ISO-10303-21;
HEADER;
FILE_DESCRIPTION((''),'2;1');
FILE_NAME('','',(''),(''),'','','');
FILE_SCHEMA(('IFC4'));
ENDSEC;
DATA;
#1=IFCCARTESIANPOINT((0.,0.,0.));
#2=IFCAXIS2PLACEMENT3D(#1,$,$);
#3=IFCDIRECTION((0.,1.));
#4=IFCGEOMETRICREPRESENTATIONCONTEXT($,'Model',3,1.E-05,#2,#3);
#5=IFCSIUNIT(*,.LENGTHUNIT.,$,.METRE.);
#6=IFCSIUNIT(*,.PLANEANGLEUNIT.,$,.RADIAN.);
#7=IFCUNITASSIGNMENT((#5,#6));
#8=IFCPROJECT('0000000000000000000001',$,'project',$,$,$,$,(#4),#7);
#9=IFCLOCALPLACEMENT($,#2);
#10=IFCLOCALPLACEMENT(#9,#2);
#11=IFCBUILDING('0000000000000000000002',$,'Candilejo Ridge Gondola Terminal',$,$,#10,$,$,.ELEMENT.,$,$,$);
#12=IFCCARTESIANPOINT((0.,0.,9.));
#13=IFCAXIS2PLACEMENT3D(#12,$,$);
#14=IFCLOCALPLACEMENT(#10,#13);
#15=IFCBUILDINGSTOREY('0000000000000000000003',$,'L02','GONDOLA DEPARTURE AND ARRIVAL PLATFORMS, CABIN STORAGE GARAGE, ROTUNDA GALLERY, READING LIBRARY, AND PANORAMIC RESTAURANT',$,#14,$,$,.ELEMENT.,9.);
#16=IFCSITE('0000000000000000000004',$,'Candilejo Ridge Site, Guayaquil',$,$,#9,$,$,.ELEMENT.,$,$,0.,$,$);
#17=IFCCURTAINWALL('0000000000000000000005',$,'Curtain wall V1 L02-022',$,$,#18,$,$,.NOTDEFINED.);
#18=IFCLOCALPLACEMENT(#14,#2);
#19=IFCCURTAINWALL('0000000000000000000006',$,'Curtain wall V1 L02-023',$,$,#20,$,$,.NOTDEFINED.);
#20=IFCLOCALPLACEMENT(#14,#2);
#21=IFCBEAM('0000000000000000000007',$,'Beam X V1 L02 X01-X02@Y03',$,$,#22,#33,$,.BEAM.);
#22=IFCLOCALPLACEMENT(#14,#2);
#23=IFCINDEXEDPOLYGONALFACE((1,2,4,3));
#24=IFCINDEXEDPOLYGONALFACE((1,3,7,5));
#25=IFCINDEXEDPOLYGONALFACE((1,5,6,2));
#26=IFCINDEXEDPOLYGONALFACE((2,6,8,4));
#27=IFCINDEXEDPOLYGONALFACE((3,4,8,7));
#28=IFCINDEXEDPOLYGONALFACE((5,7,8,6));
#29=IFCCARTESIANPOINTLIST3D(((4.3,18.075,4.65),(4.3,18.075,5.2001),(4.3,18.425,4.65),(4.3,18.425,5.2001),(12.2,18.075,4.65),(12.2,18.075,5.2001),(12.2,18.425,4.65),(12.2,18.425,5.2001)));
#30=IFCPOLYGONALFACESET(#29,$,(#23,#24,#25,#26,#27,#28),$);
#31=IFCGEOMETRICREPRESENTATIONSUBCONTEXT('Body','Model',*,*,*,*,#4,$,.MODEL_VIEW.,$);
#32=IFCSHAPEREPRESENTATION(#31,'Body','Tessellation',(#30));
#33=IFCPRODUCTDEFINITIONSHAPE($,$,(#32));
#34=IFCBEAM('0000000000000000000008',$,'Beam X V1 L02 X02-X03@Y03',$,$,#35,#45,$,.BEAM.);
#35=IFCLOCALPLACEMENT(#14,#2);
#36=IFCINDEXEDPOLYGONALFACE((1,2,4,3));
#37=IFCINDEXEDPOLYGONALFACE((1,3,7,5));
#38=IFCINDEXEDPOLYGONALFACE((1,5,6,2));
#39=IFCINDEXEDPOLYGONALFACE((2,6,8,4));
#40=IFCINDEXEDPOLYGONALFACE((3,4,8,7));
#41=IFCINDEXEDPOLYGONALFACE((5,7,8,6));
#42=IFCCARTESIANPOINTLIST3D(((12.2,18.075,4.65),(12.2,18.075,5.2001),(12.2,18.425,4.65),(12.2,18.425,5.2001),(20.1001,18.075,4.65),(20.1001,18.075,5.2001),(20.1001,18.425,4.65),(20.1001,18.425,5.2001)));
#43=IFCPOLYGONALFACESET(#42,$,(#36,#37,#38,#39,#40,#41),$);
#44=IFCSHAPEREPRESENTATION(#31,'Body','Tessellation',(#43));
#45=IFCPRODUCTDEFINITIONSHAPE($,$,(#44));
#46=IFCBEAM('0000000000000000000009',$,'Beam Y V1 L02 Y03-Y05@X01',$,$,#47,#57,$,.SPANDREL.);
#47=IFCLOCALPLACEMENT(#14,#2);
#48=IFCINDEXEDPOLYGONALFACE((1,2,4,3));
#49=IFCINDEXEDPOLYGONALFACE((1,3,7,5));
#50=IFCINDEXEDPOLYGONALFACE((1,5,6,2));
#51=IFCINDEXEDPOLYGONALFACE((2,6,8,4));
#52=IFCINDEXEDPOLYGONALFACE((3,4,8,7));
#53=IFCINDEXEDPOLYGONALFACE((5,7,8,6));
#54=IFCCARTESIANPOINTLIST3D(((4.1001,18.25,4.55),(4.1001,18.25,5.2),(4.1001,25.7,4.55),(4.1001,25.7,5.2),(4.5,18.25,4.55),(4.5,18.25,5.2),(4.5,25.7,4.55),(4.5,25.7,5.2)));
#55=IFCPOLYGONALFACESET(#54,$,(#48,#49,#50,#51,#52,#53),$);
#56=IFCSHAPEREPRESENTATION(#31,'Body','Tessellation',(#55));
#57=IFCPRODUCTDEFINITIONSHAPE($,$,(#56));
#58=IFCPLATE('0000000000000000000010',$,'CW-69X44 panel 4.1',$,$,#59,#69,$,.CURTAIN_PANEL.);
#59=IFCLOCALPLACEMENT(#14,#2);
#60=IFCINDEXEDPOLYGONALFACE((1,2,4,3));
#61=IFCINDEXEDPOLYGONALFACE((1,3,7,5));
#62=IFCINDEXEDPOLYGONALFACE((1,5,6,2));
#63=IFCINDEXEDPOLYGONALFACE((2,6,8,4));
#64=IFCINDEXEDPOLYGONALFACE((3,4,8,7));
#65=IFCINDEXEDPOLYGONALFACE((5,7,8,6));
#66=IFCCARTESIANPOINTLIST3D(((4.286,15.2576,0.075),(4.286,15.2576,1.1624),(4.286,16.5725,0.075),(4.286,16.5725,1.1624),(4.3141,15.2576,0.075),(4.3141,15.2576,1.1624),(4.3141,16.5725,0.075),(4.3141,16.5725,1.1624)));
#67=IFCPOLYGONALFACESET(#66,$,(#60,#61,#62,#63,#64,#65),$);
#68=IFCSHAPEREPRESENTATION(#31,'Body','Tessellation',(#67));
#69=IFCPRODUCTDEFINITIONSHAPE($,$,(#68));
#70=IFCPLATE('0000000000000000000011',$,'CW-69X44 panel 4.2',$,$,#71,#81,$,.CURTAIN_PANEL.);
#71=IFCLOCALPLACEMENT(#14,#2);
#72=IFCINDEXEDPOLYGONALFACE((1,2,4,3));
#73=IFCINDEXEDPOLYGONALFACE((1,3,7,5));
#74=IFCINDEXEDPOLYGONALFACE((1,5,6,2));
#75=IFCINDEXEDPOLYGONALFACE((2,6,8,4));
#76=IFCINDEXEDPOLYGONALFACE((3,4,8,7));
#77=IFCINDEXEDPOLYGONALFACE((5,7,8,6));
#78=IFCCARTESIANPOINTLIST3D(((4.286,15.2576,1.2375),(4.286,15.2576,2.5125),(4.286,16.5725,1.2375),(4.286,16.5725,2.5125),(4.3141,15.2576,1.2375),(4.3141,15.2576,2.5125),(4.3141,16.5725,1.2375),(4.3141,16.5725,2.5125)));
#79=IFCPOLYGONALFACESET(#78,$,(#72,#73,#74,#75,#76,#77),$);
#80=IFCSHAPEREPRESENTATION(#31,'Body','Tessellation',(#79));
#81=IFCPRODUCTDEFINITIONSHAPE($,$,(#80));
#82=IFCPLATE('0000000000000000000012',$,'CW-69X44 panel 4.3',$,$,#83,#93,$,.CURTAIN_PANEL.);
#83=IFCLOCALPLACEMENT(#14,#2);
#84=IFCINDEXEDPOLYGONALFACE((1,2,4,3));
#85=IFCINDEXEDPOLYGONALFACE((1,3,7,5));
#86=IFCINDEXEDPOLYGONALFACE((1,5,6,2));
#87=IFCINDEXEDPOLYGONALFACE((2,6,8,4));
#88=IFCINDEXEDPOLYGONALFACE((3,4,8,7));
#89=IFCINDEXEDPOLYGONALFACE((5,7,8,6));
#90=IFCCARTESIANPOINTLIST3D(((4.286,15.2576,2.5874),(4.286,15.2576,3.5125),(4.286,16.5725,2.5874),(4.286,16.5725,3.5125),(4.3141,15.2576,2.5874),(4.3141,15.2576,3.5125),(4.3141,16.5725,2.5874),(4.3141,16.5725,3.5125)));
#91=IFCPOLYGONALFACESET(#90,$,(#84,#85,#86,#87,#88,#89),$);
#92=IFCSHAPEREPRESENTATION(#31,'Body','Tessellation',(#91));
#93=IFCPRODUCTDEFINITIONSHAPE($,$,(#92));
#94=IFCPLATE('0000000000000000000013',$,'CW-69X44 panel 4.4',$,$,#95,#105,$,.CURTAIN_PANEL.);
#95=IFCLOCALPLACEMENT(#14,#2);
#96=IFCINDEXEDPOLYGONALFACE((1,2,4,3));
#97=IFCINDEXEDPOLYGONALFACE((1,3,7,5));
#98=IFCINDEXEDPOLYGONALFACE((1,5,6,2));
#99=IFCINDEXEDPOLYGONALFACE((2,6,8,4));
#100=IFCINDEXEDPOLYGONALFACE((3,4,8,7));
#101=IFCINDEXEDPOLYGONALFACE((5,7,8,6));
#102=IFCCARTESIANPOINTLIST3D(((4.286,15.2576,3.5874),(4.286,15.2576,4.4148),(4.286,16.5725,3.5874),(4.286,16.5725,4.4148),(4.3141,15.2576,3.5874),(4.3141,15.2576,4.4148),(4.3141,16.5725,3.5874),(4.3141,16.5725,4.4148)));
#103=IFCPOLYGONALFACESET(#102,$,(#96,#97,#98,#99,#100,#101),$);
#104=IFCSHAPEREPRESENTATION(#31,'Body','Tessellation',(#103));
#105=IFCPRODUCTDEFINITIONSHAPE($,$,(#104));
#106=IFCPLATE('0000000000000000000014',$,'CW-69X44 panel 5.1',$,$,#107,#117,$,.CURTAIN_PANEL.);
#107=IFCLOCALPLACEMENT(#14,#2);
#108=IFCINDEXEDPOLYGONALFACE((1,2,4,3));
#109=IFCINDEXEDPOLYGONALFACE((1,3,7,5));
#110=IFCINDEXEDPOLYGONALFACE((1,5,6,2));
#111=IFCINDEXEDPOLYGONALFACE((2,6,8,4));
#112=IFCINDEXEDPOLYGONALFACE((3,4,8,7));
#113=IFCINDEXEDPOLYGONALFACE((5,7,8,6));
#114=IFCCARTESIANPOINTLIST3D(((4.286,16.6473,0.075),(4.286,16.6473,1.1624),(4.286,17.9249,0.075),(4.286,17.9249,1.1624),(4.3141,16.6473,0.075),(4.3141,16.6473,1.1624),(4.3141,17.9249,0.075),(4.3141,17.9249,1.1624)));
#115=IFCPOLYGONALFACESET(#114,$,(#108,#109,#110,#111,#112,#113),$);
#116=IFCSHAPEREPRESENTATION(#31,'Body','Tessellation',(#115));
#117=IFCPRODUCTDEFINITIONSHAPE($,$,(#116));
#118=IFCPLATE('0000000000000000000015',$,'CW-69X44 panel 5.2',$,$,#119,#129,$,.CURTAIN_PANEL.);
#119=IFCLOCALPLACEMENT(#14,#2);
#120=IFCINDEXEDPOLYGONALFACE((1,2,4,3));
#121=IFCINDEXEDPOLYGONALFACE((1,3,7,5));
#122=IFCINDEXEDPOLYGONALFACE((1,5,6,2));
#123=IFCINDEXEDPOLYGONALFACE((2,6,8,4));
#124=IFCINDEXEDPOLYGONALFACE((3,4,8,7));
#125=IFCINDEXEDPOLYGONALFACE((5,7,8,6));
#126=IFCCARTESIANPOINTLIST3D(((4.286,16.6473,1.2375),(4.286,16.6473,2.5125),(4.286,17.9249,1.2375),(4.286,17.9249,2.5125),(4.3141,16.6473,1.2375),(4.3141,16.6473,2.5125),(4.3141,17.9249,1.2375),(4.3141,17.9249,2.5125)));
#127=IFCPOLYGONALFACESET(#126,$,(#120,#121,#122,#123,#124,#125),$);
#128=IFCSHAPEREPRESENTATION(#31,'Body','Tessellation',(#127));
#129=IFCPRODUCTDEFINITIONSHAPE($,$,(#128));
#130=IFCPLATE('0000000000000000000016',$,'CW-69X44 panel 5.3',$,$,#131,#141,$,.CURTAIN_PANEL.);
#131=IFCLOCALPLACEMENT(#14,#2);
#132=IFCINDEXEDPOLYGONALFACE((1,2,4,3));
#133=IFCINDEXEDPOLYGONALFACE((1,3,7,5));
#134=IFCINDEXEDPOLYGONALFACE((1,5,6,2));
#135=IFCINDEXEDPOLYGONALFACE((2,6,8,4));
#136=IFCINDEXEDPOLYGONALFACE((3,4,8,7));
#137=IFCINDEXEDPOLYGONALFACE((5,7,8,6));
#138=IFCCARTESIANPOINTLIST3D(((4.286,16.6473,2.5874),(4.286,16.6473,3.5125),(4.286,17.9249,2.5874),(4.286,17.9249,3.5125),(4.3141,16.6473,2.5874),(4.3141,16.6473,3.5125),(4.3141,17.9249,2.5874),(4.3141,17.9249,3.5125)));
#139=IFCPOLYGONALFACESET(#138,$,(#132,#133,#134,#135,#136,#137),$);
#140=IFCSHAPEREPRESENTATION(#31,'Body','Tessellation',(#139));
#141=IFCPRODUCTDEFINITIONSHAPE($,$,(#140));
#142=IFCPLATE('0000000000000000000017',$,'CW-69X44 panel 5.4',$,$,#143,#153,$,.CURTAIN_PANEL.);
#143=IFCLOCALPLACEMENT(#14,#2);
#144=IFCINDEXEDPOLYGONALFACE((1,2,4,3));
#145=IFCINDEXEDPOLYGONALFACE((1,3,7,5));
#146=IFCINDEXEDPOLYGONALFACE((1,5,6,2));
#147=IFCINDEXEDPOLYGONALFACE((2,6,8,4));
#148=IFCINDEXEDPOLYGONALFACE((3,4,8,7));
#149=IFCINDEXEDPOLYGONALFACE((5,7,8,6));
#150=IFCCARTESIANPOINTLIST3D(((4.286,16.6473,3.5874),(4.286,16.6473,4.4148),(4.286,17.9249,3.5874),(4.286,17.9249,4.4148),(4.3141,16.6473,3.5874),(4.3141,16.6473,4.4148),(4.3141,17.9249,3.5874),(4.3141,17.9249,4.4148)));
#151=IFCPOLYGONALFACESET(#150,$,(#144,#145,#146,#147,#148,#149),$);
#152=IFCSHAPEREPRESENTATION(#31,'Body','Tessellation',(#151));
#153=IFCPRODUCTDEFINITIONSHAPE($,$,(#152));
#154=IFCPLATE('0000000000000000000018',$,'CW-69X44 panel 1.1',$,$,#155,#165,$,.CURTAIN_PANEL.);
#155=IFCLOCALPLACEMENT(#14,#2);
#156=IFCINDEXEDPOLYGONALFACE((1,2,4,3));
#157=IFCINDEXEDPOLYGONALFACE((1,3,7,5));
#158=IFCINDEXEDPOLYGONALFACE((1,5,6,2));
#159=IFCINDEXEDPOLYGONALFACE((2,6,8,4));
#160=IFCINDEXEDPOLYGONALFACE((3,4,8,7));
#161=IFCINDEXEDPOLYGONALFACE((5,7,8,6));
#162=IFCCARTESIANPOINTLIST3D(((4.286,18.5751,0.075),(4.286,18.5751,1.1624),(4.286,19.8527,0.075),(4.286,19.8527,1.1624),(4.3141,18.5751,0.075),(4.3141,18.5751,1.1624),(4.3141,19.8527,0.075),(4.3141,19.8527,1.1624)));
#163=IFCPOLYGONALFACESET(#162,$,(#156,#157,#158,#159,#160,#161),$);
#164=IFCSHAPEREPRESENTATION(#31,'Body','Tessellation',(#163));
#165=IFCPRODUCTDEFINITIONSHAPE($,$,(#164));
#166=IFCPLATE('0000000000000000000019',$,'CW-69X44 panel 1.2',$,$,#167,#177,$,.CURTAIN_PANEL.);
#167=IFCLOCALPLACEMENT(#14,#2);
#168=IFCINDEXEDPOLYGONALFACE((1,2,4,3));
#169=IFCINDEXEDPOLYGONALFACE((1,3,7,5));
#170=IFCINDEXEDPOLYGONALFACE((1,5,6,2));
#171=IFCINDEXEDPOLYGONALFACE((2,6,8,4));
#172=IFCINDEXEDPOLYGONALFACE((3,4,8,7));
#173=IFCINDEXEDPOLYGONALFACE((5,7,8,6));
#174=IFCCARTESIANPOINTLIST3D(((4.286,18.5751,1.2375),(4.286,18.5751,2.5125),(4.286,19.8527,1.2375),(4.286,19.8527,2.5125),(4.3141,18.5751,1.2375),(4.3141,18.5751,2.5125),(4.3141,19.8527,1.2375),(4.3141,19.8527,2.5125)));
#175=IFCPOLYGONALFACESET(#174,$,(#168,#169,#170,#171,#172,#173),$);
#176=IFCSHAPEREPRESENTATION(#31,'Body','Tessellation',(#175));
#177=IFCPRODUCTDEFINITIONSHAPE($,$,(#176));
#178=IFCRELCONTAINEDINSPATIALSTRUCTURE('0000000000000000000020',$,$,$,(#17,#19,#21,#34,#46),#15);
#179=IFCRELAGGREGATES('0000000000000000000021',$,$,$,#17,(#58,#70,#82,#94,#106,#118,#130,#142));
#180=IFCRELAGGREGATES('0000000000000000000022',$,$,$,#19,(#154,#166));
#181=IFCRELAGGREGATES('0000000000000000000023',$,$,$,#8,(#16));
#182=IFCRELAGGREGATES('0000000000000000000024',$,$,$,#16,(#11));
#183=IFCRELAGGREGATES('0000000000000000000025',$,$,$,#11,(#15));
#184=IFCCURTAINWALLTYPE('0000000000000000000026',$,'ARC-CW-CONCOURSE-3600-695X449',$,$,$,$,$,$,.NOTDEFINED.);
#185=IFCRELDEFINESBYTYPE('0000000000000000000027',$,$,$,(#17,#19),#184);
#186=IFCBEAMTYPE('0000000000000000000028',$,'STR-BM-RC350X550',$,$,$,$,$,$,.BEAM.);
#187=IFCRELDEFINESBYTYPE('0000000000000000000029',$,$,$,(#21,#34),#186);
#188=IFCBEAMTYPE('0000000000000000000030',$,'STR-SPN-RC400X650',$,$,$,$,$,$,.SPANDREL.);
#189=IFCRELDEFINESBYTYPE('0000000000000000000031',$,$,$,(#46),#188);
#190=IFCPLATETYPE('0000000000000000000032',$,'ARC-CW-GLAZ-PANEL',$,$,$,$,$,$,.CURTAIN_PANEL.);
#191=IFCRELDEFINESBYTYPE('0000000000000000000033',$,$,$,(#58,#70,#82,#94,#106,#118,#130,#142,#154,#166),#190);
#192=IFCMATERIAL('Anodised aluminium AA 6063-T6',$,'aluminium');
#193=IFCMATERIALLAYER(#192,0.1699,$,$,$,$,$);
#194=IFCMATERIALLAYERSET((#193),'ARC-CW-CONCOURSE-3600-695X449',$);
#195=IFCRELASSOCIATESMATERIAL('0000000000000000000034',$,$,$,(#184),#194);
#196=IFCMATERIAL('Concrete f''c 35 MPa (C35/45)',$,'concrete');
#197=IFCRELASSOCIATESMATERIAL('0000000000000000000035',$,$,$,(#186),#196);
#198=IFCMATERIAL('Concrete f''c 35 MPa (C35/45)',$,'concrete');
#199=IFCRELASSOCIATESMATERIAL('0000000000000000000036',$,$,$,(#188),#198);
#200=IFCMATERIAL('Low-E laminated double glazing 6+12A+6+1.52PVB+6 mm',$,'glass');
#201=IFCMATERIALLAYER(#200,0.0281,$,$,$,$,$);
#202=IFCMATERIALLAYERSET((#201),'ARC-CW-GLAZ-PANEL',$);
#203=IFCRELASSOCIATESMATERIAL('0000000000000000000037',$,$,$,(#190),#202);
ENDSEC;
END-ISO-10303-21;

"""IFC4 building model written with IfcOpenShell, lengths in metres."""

from ifc_helpers import new_model, si_unit, direction, frame, origin, origin_2d, place, context, subcontext, project, spatial, rectangle, extrude, material, layer, layer_set, material_profile, profile_set, type_object, element, aggregate, save


model = new_model("IFC4")

# Units and contexts
model_context = context("Model", 3, precision=1e-05, world=origin(), true_north=direction((0.0, 1.0)))
body_context = subcontext(model_context, "Body", "Model", "MODEL_VIEW")
ifc_project = project(units=[si_unit("LENGTHUNIT", "METRE"), si_unit("PLANEANGLEUNIT", "RADIAN")], contexts=[model_context])

# Site, building, storey
site_placement = place(None, origin())
site = spatial("IfcSite", under=ifc_project, at=site_placement, Name="Candilejo Ridge Site, Guayaquil", CompositionType="ELEMENT", RefElevation=0.0)
building_placement = place(site_placement, origin())
building = spatial("IfcBuilding", under=site, at=building_placement, Name="Candilejo Ridge Gondola Terminal", CompositionType="ELEMENT")
storey_placement = place(building_placement, frame((0.0, 0.0, 9.0)))
storey = spatial("IfcBuildingStorey", under=building, at=storey_placement, Name="L02", Description="GONDOLA DEPARTURE AND ARRIVAL PLATFORMS, CABIN STORAGE GARAGE, ROTUNDA GALLERY, READING LIBRARY, AND PANORAMIC RESTAURANT", CompositionType="ELEMENT", Elevation=9.0)

# Curtain wall
ifc_material_1 = material(Name="Anodised aluminium AA 6063-T6", Category="aluminium")
ifc_layer_1 = layer(ifc_material_1, 0.1699)
ifc_layer_set_1 = layer_set([ifc_layer_1], Name="ARC-CW-CONCOURSE-3600-695X449")
curtain_wall_type = type_object("IfcCurtainWallType", Name="ARC-CW-CONCOURSE-3600-695X449", PredefinedType="NOTDEFINED", material=ifc_layer_set_1)
curtain_wall_1_placement = place(storey_placement, origin())
curtain_wall_1 = element("IfcCurtainWall", 1, at=curtain_wall_1_placement, inside=storey, type_object=curtain_wall_type, Name="Curtain wall V1 L02-022", PredefinedType="NOTDEFINED")

# Curtain wall
curtain_wall_2_placement = place(storey_placement, origin())
curtain_wall_2 = element("IfcCurtainWall", 2, at=curtain_wall_2_placement, inside=storey, type_object=curtain_wall_type, Name="Curtain wall V1 L02-023", PredefinedType="NOTDEFINED")

# Beams
ifc_material_2 = material(Name="Concrete f'c 35 MPa (C35/45)", Category="concrete")
ifc_material_profile_1 = material_profile(ifc_material_2, rectangle(XDim=0.3501, YDim=0.55, at=origin_2d()))
ifc_profile_set_1 = profile_set([ifc_material_profile_1], Name="Concrete f'c 35 MPa (C35/45)")
beam_type_1 = type_object("IfcBeamType", Name="STR-BM-RC350X550", PredefinedType="BEAM", material=ifc_profile_set_1)
beam_1_placement = place(storey_placement, frame((4.3, 18.25, 4.925), z_axis=(1.0, 0.0, 0.0), x_axis=(0.0, 1.0, 0.0)))
element("IfcBeam", 3, at=beam_1_placement, inside=storey, type_object=beam_type_1, Name="Beam X V1 L02 X01-X02@Y03", PredefinedType="BEAM", context=body_context, shape_type="SweptSolid", body=[
    extrude(rectangle(XDim=0.3501, YDim=0.55, at=origin_2d()), origin(), (0.0, 0.0, 1.0), 7.8999),
])
beam_2_placement = place(storey_placement, frame((12.2, 18.25, 4.925), z_axis=(1.0, 0.0, 0.0), x_axis=(0.0, 1.0, 0.0)))
element("IfcBeam", 4, at=beam_2_placement, inside=storey, type_object=beam_type_1, Name="Beam X V1 L02 X02-X03@Y03", PredefinedType="BEAM", context=body_context, shape_type="SweptSolid", body=[
    extrude(rectangle(XDim=0.3501, YDim=0.55, at=origin_2d()), origin(), (0.0, 0.0, 1.0), 7.9001),
])
ifc_material_3 = material(Name="Concrete f'c 35 MPa (C35/45)", Category="concrete")
ifc_material_profile_2 = material_profile(ifc_material_3, rectangle(XDim=0.3999, YDim=0.6499, at=origin_2d()))
ifc_profile_set_2 = profile_set([ifc_material_profile_2], Name="Concrete f'c 35 MPa (C35/45)")
beam_type_2 = type_object("IfcBeamType", Name="STR-SPN-RC400X650", PredefinedType="SPANDREL", material=ifc_profile_set_2)
beam_3_placement = place(storey_placement, frame((4.3, 18.25, 4.875), z_axis=(0.0, 1.0, 0.0), x_axis=(-1.0, 0.0, 0.0)))
element("IfcBeam", 5, at=beam_3_placement, inside=storey, type_object=beam_type_2, Name="Beam Y V1 L02 Y03-Y05@X01", PredefinedType="SPANDREL", context=body_context, shape_type="SweptSolid", body=[
    extrude(rectangle(XDim=0.3999, YDim=0.6499, at=origin_2d()), origin(), (0.0, 0.0, 1.0), 7.45),
])

# Plates
ifc_material_4 = material(Name="Low-E laminated double glazing 6+12A+6+1.52PVB+6 mm", Category="glass")
ifc_layer_2 = layer(ifc_material_4, 0.0281)
ifc_layer_set_2 = layer_set([ifc_layer_2], Name="ARC-CW-GLAZ-PANEL")
plate_type = type_object("IfcPlateType", Name="ARC-CW-GLAZ-PANEL", PredefinedType="CURTAIN_PANEL", material=ifc_layer_set_2)
plate_1_placement = place(storey_placement, frame((4.3, 15.915, 0.075), z_axis=(0.0, 0.0, 1.0), x_axis=(0.0, 1.0, 0.0)))
plate_1 = element("IfcPlate", 6, at=plate_1_placement, type_object=plate_type, Name="CW-69X44 panel 4.1", PredefinedType="CURTAIN_PANEL", context=body_context, shape_type="SweptSolid", body=[
    extrude(rectangle(XDim=1.3149, YDim=0.0281, at=origin_2d()), origin(), (0.0, 0.0, 1.0), 1.0874),
])
plate_2_placement = place(storey_placement, frame((4.3, 15.915, 1.2375), z_axis=(0.0, 0.0, 1.0), x_axis=(0.0, 1.0, 0.0)))
plate_2 = element("IfcPlate", 7, at=plate_2_placement, type_object=plate_type, Name="CW-69X44 panel 4.2", PredefinedType="CURTAIN_PANEL", context=body_context, shape_type="SweptSolid", body=[
    extrude(rectangle(XDim=1.3149, YDim=0.0281, at=origin_2d()), origin(), (0.0, 0.0, 1.0), 1.2749),
])
plate_3_placement = place(storey_placement, frame((4.3, 15.915, 2.5874), z_axis=(0.0, 0.0, 1.0), x_axis=(0.0, 1.0, 0.0)))
plate_3 = element("IfcPlate", 8, at=plate_3_placement, type_object=plate_type, Name="CW-69X44 panel 4.3", PredefinedType="CURTAIN_PANEL", context=body_context, shape_type="SweptSolid", body=[
    extrude(rectangle(XDim=1.3149, YDim=0.0281, at=origin_2d()), origin(), (0.0, 0.0, 1.0), 0.925),
])
plate_4_placement = place(storey_placement, frame((4.3, 15.915, 3.5874), z_axis=(0.0, 0.0, 1.0), x_axis=(0.0, 1.0, 0.0)))
plate_4 = element("IfcPlate", 9, at=plate_4_placement, type_object=plate_type, Name="CW-69X44 panel 4.4", PredefinedType="CURTAIN_PANEL", context=body_context, shape_type="SweptSolid", body=[
    extrude(rectangle(XDim=1.3149, YDim=0.0281, at=origin_2d()), origin(), (0.0, 0.0, 1.0), 0.8274),
])
plate_5_placement = place(storey_placement, frame((4.3, 17.2861, 0.075), z_axis=(0.0, 0.0, 1.0), x_axis=(0.0, 1.0, 0.0)))
plate_5 = element("IfcPlate", 10, at=plate_5_placement, type_object=plate_type, Name="CW-69X44 panel 5.1", PredefinedType="CURTAIN_PANEL", context=body_context, shape_type="SweptSolid", body=[
    extrude(rectangle(XDim=1.2776, YDim=0.0281, at=origin_2d()), origin(), (0.0, 0.0, 1.0), 1.0874),
])
plate_6_placement = place(storey_placement, frame((4.3, 17.2861, 1.2375), z_axis=(0.0, 0.0, 1.0), x_axis=(0.0, 1.0, 0.0)))
plate_6 = element("IfcPlate", 11, at=plate_6_placement, type_object=plate_type, Name="CW-69X44 panel 5.2", PredefinedType="CURTAIN_PANEL", context=body_context, shape_type="SweptSolid", body=[
    extrude(rectangle(XDim=1.2776, YDim=0.0281, at=origin_2d()), origin(), (0.0, 0.0, 1.0), 1.2749),
])
plate_7_placement = place(storey_placement, frame((4.3, 17.2861, 2.5874), z_axis=(0.0, 0.0, 1.0), x_axis=(0.0, 1.0, 0.0)))
plate_7 = element("IfcPlate", 12, at=plate_7_placement, type_object=plate_type, Name="CW-69X44 panel 5.3", PredefinedType="CURTAIN_PANEL", context=body_context, shape_type="SweptSolid", body=[
    extrude(rectangle(XDim=1.2776, YDim=0.0281, at=origin_2d()), origin(), (0.0, 0.0, 1.0), 0.925),
])
plate_8_placement = place(storey_placement, frame((4.3, 17.2861, 3.5874), z_axis=(0.0, 0.0, 1.0), x_axis=(0.0, 1.0, 0.0)))
plate_8 = element("IfcPlate", 13, at=plate_8_placement, type_object=plate_type, Name="CW-69X44 panel 5.4", PredefinedType="CURTAIN_PANEL", context=body_context, shape_type="SweptSolid", body=[
    extrude(rectangle(XDim=1.2776, YDim=0.0281, at=origin_2d()), origin(), (0.0, 0.0, 1.0), 0.8274),
])
aggregate(curtain_wall_1, [plate_1, plate_2, plate_3, plate_4, plate_5, plate_6, plate_7, plate_8])
plate_9_placement = place(storey_placement, frame((4.3, 19.2139, 0.075), z_axis=(0.0, 0.0, 1.0), x_axis=(0.0, 1.0, 0.0)))
plate_9 = element("IfcPlate", 14, at=plate_9_placement, type_object=plate_type, Name="CW-69X44 panel 1.1", PredefinedType="CURTAIN_PANEL", context=body_context, shape_type="SweptSolid", body=[
    extrude(rectangle(XDim=1.2776, YDim=0.0281, at=origin_2d()), origin(), (0.0, 0.0, 1.0), 1.0874),
])
plate_10_placement = place(storey_placement, frame((4.3, 19.2139, 1.2375), z_axis=(0.0, 0.0, 1.0), x_axis=(0.0, 1.0, 0.0)))
plate_10 = element("IfcPlate", 15, at=plate_10_placement, type_object=plate_type, Name="CW-69X44 panel 1.2", PredefinedType="CURTAIN_PANEL", context=body_context, shape_type="SweptSolid", body=[
    extrude(rectangle(XDim=1.2776, YDim=0.0281, at=origin_2d()), origin(), (0.0, 0.0, 1.0), 1.2749),
])
aggregate(curtain_wall_2, [plate_9, plate_10])

save(model, "model.ifc")
